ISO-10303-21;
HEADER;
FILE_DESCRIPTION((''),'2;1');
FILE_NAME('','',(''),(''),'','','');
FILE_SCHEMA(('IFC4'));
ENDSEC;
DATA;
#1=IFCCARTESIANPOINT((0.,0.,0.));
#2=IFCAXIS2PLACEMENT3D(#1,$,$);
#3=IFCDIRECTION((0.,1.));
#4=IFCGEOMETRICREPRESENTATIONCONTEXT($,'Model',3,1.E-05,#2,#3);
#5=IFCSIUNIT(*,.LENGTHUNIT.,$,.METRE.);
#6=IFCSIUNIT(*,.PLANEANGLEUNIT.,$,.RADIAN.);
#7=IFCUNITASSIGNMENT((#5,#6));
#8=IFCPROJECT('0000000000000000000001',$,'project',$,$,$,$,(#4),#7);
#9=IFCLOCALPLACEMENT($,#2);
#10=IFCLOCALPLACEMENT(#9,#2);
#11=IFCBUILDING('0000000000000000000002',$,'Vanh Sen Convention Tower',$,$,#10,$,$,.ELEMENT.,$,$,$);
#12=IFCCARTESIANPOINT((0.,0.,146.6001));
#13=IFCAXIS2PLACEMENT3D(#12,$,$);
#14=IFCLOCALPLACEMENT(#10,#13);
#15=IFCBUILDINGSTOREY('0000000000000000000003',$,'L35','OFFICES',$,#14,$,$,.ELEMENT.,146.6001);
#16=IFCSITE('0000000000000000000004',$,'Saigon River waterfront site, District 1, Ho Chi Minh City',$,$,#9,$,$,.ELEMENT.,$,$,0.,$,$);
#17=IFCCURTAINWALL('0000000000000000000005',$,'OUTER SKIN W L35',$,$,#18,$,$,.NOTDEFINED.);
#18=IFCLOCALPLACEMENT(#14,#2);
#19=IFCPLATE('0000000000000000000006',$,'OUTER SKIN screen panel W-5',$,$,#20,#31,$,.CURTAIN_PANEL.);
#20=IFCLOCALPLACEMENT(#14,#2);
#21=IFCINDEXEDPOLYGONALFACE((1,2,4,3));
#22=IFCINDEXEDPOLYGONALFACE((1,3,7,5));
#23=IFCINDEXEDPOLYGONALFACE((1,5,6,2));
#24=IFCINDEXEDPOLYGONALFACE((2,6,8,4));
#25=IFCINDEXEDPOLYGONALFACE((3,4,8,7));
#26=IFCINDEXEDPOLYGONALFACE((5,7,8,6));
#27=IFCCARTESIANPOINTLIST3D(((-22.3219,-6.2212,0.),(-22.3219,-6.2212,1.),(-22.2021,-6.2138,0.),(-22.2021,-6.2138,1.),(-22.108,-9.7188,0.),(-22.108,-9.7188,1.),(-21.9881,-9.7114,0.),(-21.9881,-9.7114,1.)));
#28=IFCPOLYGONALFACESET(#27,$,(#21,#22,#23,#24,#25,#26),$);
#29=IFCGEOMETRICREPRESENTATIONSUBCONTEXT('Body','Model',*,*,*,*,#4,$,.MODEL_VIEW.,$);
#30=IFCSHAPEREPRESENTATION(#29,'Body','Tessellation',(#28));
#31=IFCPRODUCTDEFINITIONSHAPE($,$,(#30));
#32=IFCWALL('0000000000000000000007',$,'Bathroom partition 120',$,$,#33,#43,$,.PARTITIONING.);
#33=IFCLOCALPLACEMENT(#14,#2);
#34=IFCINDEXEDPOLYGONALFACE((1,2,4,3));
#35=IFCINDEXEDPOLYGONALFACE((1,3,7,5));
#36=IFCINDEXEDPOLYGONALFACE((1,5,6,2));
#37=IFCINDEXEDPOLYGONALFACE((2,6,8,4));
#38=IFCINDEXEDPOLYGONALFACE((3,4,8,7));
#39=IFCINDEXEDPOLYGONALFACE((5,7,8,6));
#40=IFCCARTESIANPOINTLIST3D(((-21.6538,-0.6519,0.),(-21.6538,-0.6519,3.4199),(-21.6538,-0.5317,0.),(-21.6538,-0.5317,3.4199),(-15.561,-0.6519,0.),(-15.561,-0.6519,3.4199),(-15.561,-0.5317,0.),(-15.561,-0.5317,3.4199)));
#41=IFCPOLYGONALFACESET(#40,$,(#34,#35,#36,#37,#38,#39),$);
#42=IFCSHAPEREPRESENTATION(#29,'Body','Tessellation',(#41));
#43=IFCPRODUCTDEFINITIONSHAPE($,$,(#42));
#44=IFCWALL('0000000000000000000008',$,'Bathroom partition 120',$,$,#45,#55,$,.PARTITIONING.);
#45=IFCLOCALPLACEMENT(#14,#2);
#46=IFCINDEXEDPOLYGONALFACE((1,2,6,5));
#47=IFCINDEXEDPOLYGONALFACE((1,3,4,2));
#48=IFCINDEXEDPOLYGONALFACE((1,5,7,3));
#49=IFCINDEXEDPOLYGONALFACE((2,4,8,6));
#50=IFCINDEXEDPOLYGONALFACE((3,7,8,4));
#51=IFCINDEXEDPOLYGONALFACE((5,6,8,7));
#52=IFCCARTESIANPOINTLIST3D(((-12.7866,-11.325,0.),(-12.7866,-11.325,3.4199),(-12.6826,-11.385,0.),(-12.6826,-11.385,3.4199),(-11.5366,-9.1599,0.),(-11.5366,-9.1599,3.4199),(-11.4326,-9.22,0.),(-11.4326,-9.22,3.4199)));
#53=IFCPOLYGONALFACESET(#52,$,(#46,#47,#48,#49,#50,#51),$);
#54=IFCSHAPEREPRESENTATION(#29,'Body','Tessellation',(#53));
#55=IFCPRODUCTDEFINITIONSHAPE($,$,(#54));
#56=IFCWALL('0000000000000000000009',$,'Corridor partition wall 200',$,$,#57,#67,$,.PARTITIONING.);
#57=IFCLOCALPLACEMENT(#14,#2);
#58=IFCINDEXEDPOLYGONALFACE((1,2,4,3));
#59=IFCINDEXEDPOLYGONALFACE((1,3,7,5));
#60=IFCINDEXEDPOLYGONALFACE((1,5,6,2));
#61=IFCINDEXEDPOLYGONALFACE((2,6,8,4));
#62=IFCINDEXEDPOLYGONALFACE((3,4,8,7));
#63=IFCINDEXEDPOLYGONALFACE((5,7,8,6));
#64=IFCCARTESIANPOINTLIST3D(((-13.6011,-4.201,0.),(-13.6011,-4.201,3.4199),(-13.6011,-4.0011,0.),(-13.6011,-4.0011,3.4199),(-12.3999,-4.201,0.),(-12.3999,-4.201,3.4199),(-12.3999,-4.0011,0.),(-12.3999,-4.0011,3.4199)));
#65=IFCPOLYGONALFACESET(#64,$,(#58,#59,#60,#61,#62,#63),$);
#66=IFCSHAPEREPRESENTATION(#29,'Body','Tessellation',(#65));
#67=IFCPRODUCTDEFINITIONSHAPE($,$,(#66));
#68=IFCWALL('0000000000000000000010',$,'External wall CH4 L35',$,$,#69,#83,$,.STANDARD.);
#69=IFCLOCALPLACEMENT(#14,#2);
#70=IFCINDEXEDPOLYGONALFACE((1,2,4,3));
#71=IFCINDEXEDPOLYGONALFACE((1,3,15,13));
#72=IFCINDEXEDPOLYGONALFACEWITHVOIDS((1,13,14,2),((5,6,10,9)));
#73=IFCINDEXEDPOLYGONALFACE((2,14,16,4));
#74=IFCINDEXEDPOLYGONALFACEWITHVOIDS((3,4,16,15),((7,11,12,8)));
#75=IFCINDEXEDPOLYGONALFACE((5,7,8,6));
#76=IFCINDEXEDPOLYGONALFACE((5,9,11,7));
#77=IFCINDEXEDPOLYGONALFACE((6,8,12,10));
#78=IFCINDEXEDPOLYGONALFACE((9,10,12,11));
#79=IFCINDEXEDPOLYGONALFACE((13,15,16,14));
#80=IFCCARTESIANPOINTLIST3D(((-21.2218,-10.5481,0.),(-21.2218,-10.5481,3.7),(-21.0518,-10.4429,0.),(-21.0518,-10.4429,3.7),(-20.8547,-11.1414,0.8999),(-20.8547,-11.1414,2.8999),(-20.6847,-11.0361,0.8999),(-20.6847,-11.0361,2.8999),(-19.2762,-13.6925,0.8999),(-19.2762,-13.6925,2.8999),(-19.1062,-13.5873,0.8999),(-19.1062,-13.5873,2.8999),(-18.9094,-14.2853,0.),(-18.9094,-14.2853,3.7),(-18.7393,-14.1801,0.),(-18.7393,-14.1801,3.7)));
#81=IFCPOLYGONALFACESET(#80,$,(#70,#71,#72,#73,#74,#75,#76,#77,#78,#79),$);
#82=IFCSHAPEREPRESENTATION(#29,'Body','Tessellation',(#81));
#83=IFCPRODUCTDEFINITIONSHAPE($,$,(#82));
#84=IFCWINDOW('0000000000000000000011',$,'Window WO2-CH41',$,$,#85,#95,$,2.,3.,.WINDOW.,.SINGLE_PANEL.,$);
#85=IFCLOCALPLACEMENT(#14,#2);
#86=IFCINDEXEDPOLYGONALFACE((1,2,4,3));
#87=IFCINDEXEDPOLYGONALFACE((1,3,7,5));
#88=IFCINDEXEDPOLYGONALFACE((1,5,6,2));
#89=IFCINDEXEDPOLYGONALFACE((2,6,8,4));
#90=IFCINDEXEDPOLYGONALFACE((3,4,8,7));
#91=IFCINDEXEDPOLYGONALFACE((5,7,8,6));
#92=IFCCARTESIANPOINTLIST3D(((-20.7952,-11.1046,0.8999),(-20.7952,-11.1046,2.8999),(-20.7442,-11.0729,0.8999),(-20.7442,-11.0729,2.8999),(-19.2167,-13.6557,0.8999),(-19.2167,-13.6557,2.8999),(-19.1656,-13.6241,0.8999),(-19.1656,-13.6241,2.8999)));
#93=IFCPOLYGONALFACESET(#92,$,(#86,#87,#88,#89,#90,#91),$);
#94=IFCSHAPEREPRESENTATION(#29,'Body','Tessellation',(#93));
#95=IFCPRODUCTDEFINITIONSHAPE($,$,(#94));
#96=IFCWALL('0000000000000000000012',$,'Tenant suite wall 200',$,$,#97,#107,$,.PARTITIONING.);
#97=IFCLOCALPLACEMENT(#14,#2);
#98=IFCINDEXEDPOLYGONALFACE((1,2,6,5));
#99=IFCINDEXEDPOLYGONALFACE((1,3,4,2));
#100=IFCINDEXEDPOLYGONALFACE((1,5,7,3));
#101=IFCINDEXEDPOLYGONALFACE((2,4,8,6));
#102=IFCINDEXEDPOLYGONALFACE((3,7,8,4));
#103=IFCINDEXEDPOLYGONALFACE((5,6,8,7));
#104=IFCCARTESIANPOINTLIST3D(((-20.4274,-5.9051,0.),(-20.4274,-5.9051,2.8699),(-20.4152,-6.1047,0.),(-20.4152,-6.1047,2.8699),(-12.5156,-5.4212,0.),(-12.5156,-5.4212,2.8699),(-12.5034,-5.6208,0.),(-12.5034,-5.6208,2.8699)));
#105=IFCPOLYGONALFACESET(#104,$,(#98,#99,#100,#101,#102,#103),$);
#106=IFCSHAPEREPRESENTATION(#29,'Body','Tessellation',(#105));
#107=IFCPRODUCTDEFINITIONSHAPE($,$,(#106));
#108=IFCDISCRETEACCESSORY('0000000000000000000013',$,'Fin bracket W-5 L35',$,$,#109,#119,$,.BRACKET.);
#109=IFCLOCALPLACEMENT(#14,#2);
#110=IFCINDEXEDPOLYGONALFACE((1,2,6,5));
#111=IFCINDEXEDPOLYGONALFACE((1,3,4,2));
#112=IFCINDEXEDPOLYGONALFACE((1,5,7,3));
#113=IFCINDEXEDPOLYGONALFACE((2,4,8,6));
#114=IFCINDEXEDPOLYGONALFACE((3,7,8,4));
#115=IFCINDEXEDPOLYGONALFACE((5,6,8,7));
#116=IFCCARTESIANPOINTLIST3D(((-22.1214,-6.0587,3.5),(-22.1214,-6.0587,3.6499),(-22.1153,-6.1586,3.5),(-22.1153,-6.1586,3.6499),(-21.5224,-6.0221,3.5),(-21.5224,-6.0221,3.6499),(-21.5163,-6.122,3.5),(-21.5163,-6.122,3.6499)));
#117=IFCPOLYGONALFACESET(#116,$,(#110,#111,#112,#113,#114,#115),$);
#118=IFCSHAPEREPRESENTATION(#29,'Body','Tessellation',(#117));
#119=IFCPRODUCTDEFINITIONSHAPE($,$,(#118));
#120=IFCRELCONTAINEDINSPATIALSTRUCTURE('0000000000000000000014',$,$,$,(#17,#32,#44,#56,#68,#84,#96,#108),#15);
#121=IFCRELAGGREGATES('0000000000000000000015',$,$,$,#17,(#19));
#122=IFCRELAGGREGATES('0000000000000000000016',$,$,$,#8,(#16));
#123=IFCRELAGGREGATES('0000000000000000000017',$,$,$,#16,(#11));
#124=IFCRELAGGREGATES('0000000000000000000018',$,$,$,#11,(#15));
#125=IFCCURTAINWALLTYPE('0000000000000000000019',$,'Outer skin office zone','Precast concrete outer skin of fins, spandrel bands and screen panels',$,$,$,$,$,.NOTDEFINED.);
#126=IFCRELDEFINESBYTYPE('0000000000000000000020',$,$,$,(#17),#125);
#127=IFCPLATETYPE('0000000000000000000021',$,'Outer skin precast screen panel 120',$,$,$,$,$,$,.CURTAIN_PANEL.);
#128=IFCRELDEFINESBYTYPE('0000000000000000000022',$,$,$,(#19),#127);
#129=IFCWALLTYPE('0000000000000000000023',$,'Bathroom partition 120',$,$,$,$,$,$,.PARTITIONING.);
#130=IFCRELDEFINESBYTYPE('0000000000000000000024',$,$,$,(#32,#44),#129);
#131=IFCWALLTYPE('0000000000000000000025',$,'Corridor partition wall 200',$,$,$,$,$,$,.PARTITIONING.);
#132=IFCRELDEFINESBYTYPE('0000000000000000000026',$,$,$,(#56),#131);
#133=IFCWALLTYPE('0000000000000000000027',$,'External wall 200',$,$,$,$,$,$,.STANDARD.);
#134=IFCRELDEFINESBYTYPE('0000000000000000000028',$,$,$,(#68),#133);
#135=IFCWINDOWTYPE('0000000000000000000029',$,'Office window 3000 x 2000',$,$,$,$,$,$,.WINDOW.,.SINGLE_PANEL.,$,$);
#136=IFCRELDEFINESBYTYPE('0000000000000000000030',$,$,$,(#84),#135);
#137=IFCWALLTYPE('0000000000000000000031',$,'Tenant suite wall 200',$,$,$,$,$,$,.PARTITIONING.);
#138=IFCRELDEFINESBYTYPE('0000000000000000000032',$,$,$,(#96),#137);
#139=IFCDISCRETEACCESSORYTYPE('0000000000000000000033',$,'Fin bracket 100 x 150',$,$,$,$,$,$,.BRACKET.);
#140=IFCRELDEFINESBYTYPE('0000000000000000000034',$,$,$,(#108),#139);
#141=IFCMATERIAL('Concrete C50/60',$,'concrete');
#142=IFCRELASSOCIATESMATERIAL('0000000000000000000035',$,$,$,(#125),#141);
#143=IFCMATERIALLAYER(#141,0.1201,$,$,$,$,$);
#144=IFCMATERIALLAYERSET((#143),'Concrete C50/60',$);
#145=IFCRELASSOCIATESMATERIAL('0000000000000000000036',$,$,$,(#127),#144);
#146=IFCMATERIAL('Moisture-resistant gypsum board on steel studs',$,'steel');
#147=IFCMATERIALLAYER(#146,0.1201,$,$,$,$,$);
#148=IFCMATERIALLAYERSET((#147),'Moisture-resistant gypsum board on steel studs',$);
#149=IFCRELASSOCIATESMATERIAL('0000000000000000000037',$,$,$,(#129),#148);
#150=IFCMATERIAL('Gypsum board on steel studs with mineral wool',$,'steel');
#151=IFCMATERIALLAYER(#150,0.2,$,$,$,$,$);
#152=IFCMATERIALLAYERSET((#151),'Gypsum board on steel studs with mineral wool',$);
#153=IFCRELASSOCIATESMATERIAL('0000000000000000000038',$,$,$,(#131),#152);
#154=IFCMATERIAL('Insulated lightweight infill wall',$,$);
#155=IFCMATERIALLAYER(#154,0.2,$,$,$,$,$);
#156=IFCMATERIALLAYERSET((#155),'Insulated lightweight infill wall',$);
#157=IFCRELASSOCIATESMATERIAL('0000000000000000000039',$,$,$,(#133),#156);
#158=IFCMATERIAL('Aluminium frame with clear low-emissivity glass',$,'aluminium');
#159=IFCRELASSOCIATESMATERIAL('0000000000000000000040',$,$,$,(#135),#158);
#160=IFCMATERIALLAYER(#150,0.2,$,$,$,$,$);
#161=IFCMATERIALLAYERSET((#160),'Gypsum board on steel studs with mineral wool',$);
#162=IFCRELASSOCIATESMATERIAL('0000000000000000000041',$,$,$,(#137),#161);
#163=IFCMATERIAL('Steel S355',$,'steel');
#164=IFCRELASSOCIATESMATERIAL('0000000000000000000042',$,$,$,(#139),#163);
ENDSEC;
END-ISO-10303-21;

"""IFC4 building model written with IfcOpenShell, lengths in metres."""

from ifc_helpers import new_model, si_unit, direction, frame, frame_2d, origin, origin_2d, place, context, subcontext, project, spatial, rectangle, extrude, material, layer, layer_set, type_object, element, fill, aggregate, save


model = new_model("IFC4")

# Units and contexts
model_context = context("Model", 3, precision=1e-05, world=origin(), true_north=direction((0.0, 1.0)))
body_context = subcontext(model_context, "Body", "Model", "MODEL_VIEW")
ifc_project = project(units=[si_unit("LENGTHUNIT", "METRE"), si_unit("PLANEANGLEUNIT", "RADIAN")], contexts=[model_context])

# Site, building, storey
site_placement = place(None, origin())
site = spatial("IfcSite", under=ifc_project, at=site_placement, Name="Saigon River waterfront site, District 1, Ho Chi Minh City", CompositionType="ELEMENT", RefElevation=0.0)
building_placement = place(site_placement, origin())
building = spatial("IfcBuilding", under=site, at=building_placement, Name="Vanh Sen Convention Tower", CompositionType="ELEMENT")
storey_placement = place(building_placement, frame((0.0, 0.0, 146.6001)))
storey = spatial("IfcBuildingStorey", under=building, at=storey_placement, Name="L35", Description="OFFICES", CompositionType="ELEMENT", Elevation=146.6001)

# Curtain wall
ifc_material_1 = material(Name="Concrete C50/60", Category="concrete")
curtain_wall_type = type_object("IfcCurtainWallType", Name="Outer skin office zone", Description="Precast concrete outer skin of fins, spandrel bands and screen panels", PredefinedType="NOTDEFINED", material=ifc_material_1)
curtain_wall_1_placement = place(storey_placement, origin())
curtain_wall_1 = element("IfcCurtainWall", 1, at=curtain_wall_1_placement, inside=storey, type_object=curtain_wall_type, Name="OUTER SKIN W L35", PredefinedType="NOTDEFINED")

# Plate
ifc_layer_1 = layer(ifc_material_1, 0.1201)
ifc_layer_set_1 = layer_set([ifc_layer_1], Name="Concrete C50/60")
plate_type = type_object("IfcPlateType", Name="Outer skin precast screen panel 120", PredefinedType="CURTAIN_PANEL", material=ifc_layer_set_1)
plate_1_placement = place(storey_placement, frame((-22.155, -7.9663, 0.0), z_axis=(0.0, 0.0, 1.0), x_axis=(0.061054, -0.998134, 0.0)))
plate_1 = element("IfcPlate", 2, at=plate_1_placement, type_object=plate_type, Name="OUTER SKIN screen panel W-5", PredefinedType="CURTAIN_PANEL", context=body_context, shape_type="SweptSolid", body=[
    extrude(rectangle(XDim=3.5042, YDim=0.1201, at=origin_2d()), origin(), (0.0, 0.0, 1.0), 1.0),
])
aggregate(curtain_wall_1, [plate_1])

# Walls
ifc_material_2 = material(Name="Moisture-resistant gypsum board on steel studs", Category="steel")
ifc_layer_2 = layer(ifc_material_2, 0.1201)
ifc_layer_set_2 = layer_set([ifc_layer_2], Name="Moisture-resistant gypsum board on steel studs")
wall_type_1 = type_object("IfcWallType", Name="Bathroom partition 120", PredefinedType="PARTITIONING", material=ifc_layer_set_2)
wall_1_placement = place(storey_placement, frame((-21.6538, -0.5918, 0.0), z_axis=(0.0, 0.0, 1.0), x_axis=(1.0, 0.0, 0.0)))
element("IfcWall", 3, at=wall_1_placement, inside=storey, type_object=wall_type_1, Name="Bathroom partition 120", PredefinedType="PARTITIONING", context=body_context, shape_type="SweptSolid", body=[
    extrude(rectangle(XDim=6.0928, YDim=0.1201, at=frame_2d((3.0464, 0.0))), origin(), (0.0, 0.0, 1.0), 3.4199),
])
wall_2_placement = place(storey_placement, frame((-12.7346, -11.355, 0.0), z_axis=(0.0, 0.0, 1.0), x_axis=(0.500004, 0.866023, 0.0)))
element("IfcWall", 4, at=wall_2_placement, inside=storey, type_object=wall_type_1, Name="Bathroom partition 120", PredefinedType="PARTITIONING", context=body_context, shape_type="SweptSolid", body=[
    extrude(rectangle(XDim=2.5, YDim=0.1201, at=frame_2d((1.25, 0.0))), origin(), (0.0, 0.0, 1.0), 3.4199),
])
ifc_material_3 = material(Name="Gypsum board on steel studs with mineral wool", Category="steel")
ifc_layer_3 = layer(ifc_material_3, 0.2)
ifc_layer_set_3 = layer_set([ifc_layer_3], Name="Gypsum board on steel studs with mineral wool")
wall_type_2 = type_object("IfcWallType", Name="Corridor partition wall 200", PredefinedType="PARTITIONING", material=ifc_layer_set_3)
wall_3_placement = place(storey_placement, frame((-13.6011, -4.1011, 0.0), z_axis=(0.0, 0.0, 1.0), x_axis=(1.0, 0.0, 0.0)))
element("IfcWall", 5, at=wall_3_placement, inside=storey, type_object=wall_type_2, Name="Corridor partition wall 200", PredefinedType="PARTITIONING", context=body_context, shape_type="SweptSolid", body=[
    extrude(rectangle(XDim=1.2012, YDim=0.2, at=frame_2d((0.6006, 0.0))), origin(), (0.0, 0.0, 1.0), 3.4199),
])

# Wall, opening, window
ifc_material_4 = material(Name="Insulated lightweight infill wall")
ifc_layer_4 = layer(ifc_material_4, 0.2)
ifc_layer_set_4 = layer_set([ifc_layer_4], Name="Insulated lightweight infill wall")
wall_type_3 = type_object("IfcWallType", Name="External wall 200", PredefinedType="STANDARD", material=ifc_layer_set_4)
wall_4_placement = place(storey_placement, frame((-21.1367, -10.4956, 0.0), z_axis=(0.0, 0.0, 1.0), x_axis=(0.526179, -0.850374, 0.0)))
wall_4 = element("IfcWall", 6, at=wall_4_placement, inside=storey, type_object=wall_type_3, Name="External wall CH4 L35", PredefinedType="STANDARD", context=body_context, shape_type="SweptSolid", body=[
    extrude(rectangle(XDim=4.3948, YDim=0.2, at=frame_2d((2.1973, 0.0))), origin(), (0.0, 0.0, 1.0), 3.7),
])
opening_placement = place(wall_4_placement, frame((0.6975, 0.0, 0.8999)))
opening = element("IfcOpeningElement", 7, at=opening_placement, cuts=wall_4, PredefinedType="OPENING", context=body_context, shape_type="SweptSolid", body=[
    extrude(rectangle(XDim=3.0, YDim=2.0, at=frame_2d((1.5, 1.0))), frame((0.0, 0.1099, 0.0), z_axis=(0.0, -1.0, 0.0), x_axis=(1.0, 0.0, 0.0)), (0.0, 0.0, 1.0), 0.22),
])
ifc_material_5 = material(Name="Aluminium frame with clear low-emissivity glass", Category="aluminium")
window_type = type_object("IfcWindowType", Name="Office window 3000 x 2000", PartitioningType="SINGLE_PANEL", PredefinedType="WINDOW", material=ifc_material_5)
window_placement = place(opening_placement, origin())
window = element("IfcWindow", 8, at=window_placement, inside=storey, type_object=window_type, Name="Window WO2-CH41", OverallHeight=2.0, OverallWidth=3.0, PartitioningType="SINGLE_PANEL", PredefinedType="WINDOW", context=body_context, shape_type="SweptSolid", body=[
    extrude(rectangle(XDim=3.0, YDim=2.0, at=frame_2d((1.5, 1.0))), frame((0.0, 0.03, 0.0), z_axis=(0.0, -1.0, 0.0), x_axis=(1.0, 0.0, 0.0)), (0.0, 0.0, 1.0), 0.0601),
])
fill(opening, window)

# Wall
ifc_layer_5 = layer(ifc_material_3, 0.2)
ifc_layer_set_5 = layer_set([ifc_layer_5], Name="Gypsum board on steel studs with mineral wool")
wall_type_4 = type_object("IfcWallType", Name="Tenant suite wall 200", PredefinedType="PARTITIONING", material=ifc_layer_set_5)
wall_5_placement = place(storey_placement, frame((-20.4214, -6.0049, 0.0), z_axis=(0.0, 0.0, 1.0), x_axis=(0.998135, 0.061047, 0.0)))
element("IfcWall", 9, at=wall_5_placement, inside=storey, type_object=wall_type_4, Name="Tenant suite wall 200", PredefinedType="PARTITIONING", context=body_context, shape_type="SweptSolid", body=[
    extrude(rectangle(XDim=7.9265, YDim=0.2, at=frame_2d((3.9634, 0.0))), origin(), (0.0, 0.0, 1.0), 2.8699),
])

# Discrete accessory
ifc_material_6 = material(Name="Steel S355", Category="steel")
discrete_accessory_type = type_object("IfcDiscreteAccessoryType", Name="Fin bracket 100 x 150", PredefinedType="BRACKET", material=ifc_material_6)
discrete_accessory_placement = place(storey_placement, frame((-21.8188, -6.0903, 3.5), z_axis=(0.0, 0.0, 1.0), x_axis=(-0.998135, -0.061049, 0.0)))
element("IfcDiscreteAccessory", 10, at=discrete_accessory_placement, inside=storey, type_object=discrete_accessory_type, Name="Fin bracket W-5 L35", PredefinedType="BRACKET", context=body_context, shape_type="SweptSolid", body=[
    extrude(rectangle(XDim=0.6001, YDim=0.1001, at=origin_2d()), origin(), (0.0, 0.0, 1.0), 0.1499),
])

save(model, "model.ifc")
